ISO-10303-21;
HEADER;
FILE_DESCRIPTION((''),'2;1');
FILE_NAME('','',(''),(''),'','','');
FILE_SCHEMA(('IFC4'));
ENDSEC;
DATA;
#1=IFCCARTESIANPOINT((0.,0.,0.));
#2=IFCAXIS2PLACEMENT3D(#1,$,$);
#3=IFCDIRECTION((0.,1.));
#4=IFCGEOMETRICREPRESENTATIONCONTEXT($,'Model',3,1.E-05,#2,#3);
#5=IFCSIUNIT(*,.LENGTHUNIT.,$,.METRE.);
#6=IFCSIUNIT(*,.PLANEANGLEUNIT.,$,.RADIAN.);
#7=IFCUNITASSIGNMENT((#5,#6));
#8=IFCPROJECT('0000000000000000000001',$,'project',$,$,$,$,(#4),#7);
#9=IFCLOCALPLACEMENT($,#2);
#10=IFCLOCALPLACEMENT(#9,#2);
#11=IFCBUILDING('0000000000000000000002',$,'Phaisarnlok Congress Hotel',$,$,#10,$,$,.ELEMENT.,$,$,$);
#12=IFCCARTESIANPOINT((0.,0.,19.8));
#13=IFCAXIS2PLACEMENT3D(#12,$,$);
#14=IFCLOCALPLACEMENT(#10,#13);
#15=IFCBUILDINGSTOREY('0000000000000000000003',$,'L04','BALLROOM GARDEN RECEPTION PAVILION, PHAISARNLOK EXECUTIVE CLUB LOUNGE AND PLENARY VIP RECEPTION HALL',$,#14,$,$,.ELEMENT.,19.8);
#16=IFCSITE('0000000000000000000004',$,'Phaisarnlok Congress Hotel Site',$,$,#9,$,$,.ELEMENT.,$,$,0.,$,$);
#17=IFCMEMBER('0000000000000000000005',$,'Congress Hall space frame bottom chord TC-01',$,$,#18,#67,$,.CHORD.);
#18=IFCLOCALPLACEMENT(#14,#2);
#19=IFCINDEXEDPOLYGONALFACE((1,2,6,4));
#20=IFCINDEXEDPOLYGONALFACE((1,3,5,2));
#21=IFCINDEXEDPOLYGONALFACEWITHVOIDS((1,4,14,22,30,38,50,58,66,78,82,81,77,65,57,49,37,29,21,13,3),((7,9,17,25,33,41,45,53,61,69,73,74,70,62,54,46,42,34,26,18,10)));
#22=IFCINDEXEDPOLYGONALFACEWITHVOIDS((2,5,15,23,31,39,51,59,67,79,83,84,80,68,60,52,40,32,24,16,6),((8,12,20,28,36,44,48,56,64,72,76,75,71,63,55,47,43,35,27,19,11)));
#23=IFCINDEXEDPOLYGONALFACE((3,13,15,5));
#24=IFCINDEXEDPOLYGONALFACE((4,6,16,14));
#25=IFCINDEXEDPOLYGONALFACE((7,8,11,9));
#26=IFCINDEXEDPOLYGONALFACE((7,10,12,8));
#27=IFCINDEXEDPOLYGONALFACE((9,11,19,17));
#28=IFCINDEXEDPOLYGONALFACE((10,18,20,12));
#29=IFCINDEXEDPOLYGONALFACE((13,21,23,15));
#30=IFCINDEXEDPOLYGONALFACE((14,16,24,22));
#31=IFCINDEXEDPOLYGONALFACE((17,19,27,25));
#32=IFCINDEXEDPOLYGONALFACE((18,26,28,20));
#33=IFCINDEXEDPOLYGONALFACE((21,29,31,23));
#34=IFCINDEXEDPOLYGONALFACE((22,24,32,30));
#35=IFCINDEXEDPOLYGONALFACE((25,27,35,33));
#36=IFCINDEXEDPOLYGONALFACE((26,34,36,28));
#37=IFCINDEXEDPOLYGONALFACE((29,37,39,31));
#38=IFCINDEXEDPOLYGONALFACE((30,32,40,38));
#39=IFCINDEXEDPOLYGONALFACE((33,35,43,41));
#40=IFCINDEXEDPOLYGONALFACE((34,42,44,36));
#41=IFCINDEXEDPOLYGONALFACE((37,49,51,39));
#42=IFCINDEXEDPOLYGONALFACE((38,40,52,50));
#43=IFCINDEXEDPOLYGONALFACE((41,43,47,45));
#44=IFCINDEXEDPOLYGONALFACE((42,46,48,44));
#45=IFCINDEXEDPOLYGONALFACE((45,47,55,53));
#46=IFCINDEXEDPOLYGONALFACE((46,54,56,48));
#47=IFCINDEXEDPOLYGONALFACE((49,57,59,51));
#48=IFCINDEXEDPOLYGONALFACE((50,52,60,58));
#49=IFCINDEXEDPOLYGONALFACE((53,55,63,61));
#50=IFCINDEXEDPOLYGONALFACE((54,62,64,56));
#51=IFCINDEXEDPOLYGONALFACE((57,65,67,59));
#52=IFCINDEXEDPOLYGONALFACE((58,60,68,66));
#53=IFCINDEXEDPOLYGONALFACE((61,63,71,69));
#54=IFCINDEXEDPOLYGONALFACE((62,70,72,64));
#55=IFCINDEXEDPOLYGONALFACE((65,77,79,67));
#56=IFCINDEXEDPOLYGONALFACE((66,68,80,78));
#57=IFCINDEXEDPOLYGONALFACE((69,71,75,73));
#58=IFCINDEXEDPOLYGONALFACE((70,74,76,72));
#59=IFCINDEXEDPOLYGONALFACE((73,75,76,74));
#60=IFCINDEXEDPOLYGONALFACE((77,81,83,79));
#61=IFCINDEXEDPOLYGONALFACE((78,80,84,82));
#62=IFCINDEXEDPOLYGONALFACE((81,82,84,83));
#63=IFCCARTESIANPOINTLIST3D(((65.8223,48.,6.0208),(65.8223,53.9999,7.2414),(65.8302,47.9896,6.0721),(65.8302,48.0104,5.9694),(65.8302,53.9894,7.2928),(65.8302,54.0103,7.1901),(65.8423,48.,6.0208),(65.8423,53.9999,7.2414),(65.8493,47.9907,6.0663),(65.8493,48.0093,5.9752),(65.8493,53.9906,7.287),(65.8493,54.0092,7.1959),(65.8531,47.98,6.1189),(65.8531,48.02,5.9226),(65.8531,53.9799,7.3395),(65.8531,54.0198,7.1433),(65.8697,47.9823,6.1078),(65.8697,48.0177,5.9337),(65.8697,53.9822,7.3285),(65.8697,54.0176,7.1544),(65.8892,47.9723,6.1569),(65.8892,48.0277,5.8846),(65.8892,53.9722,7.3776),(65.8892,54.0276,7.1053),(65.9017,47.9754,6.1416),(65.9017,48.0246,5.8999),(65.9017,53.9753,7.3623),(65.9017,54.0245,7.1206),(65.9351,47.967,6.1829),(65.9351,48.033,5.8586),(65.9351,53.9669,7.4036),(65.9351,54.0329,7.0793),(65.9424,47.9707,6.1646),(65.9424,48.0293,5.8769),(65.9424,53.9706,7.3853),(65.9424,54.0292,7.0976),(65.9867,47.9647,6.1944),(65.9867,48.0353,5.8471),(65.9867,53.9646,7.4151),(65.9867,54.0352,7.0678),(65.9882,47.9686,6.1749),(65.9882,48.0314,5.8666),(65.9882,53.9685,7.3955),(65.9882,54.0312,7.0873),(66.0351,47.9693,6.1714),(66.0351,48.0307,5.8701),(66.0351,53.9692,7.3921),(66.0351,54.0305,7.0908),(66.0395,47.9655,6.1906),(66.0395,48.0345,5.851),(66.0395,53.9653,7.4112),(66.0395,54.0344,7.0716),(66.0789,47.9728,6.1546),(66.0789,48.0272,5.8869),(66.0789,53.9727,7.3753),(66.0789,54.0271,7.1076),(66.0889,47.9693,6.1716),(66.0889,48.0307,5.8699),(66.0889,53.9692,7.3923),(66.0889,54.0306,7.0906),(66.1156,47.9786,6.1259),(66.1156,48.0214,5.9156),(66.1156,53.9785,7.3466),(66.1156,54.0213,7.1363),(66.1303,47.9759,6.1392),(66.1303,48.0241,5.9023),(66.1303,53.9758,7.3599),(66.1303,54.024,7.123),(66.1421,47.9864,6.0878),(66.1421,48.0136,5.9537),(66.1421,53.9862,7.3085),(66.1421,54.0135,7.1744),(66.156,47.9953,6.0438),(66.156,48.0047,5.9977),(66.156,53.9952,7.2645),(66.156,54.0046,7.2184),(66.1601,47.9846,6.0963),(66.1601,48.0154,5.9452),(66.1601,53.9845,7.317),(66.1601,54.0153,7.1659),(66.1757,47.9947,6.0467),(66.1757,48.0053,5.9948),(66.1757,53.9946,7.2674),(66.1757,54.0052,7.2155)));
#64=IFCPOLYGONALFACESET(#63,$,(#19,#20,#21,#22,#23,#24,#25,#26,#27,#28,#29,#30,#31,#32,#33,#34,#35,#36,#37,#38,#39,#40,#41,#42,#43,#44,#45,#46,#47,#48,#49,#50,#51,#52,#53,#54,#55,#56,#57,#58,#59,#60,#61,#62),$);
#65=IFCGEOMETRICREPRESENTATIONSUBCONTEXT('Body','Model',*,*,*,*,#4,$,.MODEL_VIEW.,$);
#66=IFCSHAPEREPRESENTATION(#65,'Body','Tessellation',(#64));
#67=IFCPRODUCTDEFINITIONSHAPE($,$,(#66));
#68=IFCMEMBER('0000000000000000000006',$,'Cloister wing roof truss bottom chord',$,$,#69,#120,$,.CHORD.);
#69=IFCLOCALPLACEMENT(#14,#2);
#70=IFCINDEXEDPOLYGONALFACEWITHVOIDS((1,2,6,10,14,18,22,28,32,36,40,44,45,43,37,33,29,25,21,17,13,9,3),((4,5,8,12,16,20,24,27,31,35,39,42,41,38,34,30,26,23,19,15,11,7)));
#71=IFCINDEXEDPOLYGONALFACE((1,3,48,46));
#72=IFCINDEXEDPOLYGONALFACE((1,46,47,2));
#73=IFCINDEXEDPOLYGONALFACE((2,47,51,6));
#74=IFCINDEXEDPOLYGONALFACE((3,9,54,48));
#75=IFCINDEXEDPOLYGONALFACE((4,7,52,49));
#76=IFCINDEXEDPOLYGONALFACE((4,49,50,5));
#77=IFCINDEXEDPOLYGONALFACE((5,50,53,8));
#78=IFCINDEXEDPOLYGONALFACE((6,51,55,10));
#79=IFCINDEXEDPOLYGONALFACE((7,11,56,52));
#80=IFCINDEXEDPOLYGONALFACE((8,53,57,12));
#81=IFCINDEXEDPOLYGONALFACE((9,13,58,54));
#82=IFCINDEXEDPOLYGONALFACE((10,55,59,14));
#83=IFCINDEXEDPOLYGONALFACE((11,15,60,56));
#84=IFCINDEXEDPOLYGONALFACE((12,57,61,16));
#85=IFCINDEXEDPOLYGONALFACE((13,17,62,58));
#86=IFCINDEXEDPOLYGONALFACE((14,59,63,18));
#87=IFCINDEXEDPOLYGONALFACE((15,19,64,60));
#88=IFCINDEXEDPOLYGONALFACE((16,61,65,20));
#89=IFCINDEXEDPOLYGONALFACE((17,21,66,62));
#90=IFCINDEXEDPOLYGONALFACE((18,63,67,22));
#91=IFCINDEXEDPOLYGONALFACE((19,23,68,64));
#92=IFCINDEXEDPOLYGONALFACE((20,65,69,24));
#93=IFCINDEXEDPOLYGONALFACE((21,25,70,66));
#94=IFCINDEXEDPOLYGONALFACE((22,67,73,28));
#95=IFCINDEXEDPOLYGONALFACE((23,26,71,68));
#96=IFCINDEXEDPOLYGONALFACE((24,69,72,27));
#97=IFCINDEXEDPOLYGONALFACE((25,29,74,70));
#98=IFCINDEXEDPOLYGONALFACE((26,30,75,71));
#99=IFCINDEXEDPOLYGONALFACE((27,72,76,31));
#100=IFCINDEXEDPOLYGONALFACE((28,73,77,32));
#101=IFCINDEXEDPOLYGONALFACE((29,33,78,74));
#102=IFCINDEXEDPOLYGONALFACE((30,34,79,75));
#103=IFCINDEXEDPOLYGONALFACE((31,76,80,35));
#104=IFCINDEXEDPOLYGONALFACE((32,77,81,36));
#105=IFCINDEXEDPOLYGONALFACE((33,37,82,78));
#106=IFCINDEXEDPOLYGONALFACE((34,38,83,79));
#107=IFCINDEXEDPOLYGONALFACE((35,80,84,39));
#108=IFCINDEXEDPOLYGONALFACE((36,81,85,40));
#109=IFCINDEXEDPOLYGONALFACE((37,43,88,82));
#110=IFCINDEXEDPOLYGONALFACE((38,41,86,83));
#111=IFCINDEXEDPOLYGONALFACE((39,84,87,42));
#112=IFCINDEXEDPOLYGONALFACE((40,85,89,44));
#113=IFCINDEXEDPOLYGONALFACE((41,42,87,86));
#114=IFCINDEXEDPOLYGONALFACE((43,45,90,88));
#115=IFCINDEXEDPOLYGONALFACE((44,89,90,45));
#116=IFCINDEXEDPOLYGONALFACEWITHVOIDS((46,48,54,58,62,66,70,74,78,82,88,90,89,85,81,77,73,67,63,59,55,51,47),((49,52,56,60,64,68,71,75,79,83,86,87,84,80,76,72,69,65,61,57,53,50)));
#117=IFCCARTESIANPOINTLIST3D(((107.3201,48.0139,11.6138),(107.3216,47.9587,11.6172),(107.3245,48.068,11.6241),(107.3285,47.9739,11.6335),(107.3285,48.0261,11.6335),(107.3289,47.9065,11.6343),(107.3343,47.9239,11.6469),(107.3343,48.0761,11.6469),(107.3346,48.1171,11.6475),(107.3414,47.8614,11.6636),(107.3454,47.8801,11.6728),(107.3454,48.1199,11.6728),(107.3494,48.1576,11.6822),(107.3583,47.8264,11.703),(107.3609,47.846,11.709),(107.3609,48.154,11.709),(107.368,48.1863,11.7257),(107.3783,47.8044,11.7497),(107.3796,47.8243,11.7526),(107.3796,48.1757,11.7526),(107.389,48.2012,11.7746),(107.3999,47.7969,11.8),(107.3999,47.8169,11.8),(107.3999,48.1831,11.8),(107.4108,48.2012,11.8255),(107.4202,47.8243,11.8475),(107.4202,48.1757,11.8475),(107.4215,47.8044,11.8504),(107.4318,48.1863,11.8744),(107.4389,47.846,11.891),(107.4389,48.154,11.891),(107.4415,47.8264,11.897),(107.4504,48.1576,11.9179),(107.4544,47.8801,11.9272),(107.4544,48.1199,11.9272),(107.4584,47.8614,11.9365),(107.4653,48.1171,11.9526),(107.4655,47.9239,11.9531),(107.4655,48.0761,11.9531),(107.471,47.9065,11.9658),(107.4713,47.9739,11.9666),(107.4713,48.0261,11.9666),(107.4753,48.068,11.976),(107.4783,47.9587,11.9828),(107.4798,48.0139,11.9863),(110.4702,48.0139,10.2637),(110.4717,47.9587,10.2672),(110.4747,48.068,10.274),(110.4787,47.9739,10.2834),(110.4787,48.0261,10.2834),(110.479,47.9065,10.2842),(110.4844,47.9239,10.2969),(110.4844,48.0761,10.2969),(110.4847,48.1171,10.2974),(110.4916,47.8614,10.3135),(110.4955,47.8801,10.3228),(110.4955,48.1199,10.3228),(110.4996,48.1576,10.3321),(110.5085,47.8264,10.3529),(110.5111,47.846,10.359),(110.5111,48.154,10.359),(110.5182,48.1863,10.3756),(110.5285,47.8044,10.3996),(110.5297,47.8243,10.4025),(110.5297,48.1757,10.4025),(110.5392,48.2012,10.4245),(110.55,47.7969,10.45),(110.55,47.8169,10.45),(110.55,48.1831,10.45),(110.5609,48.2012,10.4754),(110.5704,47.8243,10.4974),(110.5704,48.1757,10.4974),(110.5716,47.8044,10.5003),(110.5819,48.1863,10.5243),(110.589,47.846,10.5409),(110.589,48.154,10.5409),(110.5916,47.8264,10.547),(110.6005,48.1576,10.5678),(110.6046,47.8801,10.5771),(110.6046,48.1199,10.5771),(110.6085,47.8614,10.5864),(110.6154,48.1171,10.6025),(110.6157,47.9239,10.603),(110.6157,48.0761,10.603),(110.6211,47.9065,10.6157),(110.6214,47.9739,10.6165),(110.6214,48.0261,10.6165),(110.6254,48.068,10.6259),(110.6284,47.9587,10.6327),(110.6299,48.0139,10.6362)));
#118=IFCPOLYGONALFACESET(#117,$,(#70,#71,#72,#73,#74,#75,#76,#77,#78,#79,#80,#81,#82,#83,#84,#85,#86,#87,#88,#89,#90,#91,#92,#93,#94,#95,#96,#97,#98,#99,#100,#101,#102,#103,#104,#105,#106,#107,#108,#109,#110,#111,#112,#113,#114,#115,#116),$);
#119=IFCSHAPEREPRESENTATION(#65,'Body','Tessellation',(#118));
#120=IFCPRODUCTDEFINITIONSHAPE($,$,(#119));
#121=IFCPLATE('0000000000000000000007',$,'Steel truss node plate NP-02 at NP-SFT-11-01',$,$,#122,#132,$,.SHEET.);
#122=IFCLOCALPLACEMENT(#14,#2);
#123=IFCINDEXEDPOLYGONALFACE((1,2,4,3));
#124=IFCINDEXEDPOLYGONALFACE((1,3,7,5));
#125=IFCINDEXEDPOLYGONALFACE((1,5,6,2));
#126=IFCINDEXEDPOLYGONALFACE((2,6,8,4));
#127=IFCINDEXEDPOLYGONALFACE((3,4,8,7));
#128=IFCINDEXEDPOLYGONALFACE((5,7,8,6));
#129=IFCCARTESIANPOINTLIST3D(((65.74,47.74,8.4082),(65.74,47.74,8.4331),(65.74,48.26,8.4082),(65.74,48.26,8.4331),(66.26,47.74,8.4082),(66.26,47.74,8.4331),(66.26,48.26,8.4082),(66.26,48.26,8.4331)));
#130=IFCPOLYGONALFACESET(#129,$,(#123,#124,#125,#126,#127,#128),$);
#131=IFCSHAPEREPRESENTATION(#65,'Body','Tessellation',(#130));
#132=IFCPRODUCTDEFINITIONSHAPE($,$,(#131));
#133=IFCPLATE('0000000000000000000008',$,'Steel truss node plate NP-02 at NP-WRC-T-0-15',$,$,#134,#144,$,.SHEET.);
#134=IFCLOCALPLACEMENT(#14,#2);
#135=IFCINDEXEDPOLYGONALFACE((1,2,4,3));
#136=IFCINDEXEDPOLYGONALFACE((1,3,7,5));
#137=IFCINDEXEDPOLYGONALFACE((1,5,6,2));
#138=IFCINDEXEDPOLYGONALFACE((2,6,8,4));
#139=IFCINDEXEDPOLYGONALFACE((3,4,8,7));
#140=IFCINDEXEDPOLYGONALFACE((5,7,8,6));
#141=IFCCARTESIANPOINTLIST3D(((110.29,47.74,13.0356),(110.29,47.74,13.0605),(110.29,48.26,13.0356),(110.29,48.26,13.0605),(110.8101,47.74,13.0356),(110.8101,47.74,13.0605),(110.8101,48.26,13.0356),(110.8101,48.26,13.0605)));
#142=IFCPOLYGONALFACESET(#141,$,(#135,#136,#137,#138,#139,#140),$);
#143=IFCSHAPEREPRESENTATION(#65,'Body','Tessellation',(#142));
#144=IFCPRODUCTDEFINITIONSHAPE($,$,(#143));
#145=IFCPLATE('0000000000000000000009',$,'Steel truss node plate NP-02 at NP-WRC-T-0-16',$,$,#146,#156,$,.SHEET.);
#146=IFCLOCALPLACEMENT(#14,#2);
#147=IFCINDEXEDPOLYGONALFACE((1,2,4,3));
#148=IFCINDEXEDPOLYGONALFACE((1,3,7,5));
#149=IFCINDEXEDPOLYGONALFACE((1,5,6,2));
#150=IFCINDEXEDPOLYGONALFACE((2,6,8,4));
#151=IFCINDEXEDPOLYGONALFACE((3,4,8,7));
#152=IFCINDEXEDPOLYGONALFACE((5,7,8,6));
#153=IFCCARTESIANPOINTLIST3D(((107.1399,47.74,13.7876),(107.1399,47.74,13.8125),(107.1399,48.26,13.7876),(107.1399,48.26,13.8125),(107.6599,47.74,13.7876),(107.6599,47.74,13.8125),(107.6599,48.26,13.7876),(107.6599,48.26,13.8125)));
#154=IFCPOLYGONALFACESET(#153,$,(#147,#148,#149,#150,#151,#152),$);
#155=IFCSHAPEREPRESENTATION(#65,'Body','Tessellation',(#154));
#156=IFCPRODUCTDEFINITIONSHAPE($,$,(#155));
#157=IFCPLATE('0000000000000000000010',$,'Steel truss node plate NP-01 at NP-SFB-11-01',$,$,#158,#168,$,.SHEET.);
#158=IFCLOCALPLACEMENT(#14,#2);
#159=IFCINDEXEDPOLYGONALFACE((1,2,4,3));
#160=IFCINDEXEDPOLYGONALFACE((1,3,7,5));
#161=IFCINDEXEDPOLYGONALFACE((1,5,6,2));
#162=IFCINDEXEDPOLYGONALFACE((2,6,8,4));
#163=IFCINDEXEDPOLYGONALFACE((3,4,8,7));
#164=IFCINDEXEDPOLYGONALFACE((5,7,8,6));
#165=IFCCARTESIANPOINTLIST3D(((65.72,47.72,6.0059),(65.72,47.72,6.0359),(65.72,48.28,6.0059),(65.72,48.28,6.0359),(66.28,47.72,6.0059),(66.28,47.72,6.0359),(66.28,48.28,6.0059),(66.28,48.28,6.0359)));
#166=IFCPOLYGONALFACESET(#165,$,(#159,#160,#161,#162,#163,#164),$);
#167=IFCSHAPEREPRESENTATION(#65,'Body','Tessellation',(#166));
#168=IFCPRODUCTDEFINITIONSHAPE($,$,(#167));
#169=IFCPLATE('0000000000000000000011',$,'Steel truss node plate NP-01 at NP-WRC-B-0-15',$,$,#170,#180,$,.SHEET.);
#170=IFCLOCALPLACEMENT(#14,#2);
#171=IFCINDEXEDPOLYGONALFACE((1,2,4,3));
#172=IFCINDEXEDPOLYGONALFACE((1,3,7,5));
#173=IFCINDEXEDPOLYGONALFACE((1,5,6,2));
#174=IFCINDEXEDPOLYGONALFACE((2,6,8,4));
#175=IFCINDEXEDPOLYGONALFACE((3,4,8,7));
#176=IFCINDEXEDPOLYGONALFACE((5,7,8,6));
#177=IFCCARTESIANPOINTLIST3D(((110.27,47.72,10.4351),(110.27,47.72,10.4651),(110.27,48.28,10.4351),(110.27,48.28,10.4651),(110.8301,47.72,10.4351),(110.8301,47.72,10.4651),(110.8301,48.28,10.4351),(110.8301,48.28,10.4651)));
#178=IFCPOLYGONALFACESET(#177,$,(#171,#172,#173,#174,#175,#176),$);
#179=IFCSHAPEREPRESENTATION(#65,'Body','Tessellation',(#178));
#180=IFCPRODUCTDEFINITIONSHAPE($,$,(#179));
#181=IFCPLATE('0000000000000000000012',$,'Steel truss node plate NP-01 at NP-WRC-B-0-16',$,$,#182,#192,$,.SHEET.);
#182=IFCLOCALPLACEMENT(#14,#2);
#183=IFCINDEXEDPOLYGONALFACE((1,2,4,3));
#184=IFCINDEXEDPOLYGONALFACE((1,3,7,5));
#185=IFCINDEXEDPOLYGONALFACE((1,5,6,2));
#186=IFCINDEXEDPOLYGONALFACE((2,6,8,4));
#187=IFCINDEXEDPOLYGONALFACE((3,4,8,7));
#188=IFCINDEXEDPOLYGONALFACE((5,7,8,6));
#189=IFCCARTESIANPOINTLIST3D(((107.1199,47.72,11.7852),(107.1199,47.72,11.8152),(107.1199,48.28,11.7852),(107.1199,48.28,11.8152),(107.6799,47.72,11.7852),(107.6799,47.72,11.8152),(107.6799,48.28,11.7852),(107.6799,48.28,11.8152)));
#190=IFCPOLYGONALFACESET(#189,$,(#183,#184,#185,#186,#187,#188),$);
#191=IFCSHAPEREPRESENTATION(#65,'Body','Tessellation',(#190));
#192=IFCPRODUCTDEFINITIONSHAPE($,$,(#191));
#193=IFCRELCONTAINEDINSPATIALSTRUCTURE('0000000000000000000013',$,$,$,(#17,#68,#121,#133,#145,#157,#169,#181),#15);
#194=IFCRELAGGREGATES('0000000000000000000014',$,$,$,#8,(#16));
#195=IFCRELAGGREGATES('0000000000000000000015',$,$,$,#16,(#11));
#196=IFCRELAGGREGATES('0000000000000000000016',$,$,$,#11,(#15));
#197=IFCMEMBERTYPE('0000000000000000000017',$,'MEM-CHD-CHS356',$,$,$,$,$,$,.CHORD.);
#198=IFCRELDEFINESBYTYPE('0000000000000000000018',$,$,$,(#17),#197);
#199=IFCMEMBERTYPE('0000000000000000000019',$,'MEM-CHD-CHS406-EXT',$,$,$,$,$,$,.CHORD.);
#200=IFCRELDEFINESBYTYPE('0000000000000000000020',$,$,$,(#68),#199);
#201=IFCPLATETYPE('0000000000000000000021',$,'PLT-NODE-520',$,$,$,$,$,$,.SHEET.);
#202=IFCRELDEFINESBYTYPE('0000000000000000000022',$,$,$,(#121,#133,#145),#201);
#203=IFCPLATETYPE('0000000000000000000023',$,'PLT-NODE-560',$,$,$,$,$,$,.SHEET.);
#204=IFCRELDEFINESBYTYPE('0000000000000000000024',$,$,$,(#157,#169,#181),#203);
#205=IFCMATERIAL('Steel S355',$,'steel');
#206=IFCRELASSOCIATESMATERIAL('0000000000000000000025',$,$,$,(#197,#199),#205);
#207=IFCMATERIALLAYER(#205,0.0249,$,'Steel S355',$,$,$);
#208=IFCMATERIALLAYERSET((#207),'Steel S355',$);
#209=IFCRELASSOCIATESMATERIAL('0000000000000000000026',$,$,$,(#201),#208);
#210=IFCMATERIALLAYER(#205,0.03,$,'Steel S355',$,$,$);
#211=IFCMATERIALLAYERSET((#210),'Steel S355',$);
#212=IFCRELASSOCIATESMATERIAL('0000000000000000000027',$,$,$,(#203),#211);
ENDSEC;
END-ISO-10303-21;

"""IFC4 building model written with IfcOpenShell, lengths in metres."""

from ifc_helpers import new_model, si_unit, direction, frame, origin, origin_2d, place, context, subcontext, project, spatial, rectangle, hollow_circle, extrude, material, layer, layer_set, material_profile, profile_set, type_object, element, save


model = new_model("IFC4")

# Units and contexts
model_context = context("Model", 3, precision=1e-05, world=origin(), true_north=direction((0.0, 1.0)))
body_context = subcontext(model_context, "Body", "Model", "MODEL_VIEW")
ifc_project = project(units=[si_unit("LENGTHUNIT", "METRE"), si_unit("PLANEANGLEUNIT", "RADIAN")], contexts=[model_context])

# Site, building, storey
site_placement = place(None, origin())
site = spatial("IfcSite", under=ifc_project, at=site_placement, Name="Phaisarnlok Congress Hotel Site", CompositionType="ELEMENT", RefElevation=0.0)
building_placement = place(site_placement, origin())
building = spatial("IfcBuilding", under=site, at=building_placement, Name="Phaisarnlok Congress Hotel", CompositionType="ELEMENT")
storey_placement = place(building_placement, frame((0.0, 0.0, 19.8)))
storey = spatial("IfcBuildingStorey", under=building, at=storey_placement, Name="L04", Description="BALLROOM GARDEN RECEPTION PAVILION, PHAISARNLOK EXECUTIVE CLUB LOUNGE AND PLENARY VIP RECEPTION HALL", CompositionType="ELEMENT", Elevation=19.8)

# Shared definitions
ifc_material_1 = material(Name="Steel S355", Category="steel")

# Members
ifc_material_profile_1 = material_profile(ifc_material_1, hollow_circle(Radius=0.1777, WallThickness=0.02, at=origin_2d()), Name="CHS 355.6x20")
ifc_profile_set_1 = profile_set([ifc_material_profile_1], Name="Steel S355")
member_type_1 = type_object("IfcMemberType", Name="MEM-CHD-CHS356", PredefinedType="CHORD", material=ifc_profile_set_1)
member_1_placement = place(storey_placement, frame((66.0, 48.0, 6.0208), z_axis=(0.0, 0.979925, 0.199366), x_axis=(-1.0, 0.0, 0.0)))
element("IfcMember", 1, at=member_1_placement, inside=storey, type_object=member_type_1, Name="Congress Hall space frame bottom chord TC-01", PredefinedType="CHORD", context=body_context, shape_type="SweptSolid", body=[
    extrude(hollow_circle(Radius=0.1777, WallThickness=0.02, at=origin_2d()), origin(), (0.0, 0.0, 1.0), 6.1228),
])
ifc_material_profile_2 = material_profile(ifc_material_1, hollow_circle(Radius=0.2031, WallThickness=0.02, at=origin_2d()), Name="CHS 406.4x20")
ifc_profile_set_2 = profile_set([ifc_material_profile_2], Name="Steel S355")
member_type_2 = type_object("IfcMemberType", Name="MEM-CHD-CHS406-EXT", PredefinedType="CHORD", material=ifc_profile_set_2)
member_2_placement = place(storey_placement, frame((110.55, 48.0, 10.45), z_axis=(-0.919141, 0.0, 0.393928), x_axis=(0.0, -1.0, 0.0)))
element("IfcMember", 2, at=member_2_placement, inside=storey, type_object=member_type_2, Name="Cloister wing roof truss bottom chord", PredefinedType="CHORD", context=body_context, shape_type="SweptSolid", body=[
    extrude(hollow_circle(Radius=0.2031, WallThickness=0.02, at=origin_2d()), origin(), (0.0, 0.0, 1.0), 3.4272),
])

# Plates
ifc_layer_1 = layer(ifc_material_1, 0.0249, Name="Steel S355")
ifc_layer_set_1 = layer_set([ifc_layer_1], Name="Steel S355")
plate_type_1 = type_object("IfcPlateType", Name="PLT-NODE-520", PredefinedType="SHEET", material=ifc_layer_set_1)
for number, where, z_axis, x_axis, name in (
    (3, (66.0, 48.0, 8.4082), (0.0, 0.0, 1.0), (1.0, 0.0, 0.0), "Steel truss node plate NP-02 at NP-SFT-11-01"),
    (4, (110.55, 48.0, 13.0356), (0.0, 0.0, 1.0), (1.0, 0.0, 0.0), "Steel truss node plate NP-02 at NP-WRC-T-0-15"),
    (5, (107.3999, 48.0, 13.7876), (0.0, 0.0, 1.0), (1.0, 0.0, 0.0), "Steel truss node plate NP-02 at NP-WRC-T-0-16"),
):
    element("IfcPlate", number, at=place(storey_placement, frame(where, z_axis=z_axis, x_axis=x_axis)), inside=storey, type_object=plate_type_1, Name=name, PredefinedType="SHEET", context=body_context, shape_type="SweptSolid", body=[
        extrude(rectangle(XDim=0.52, YDim=0.52, at=origin_2d()), origin(), (0.0, 0.0, 1.0), 0.0249),
    ])
ifc_layer_2 = layer(ifc_material_1, 0.03, Name="Steel S355")
ifc_layer_set_2 = layer_set([ifc_layer_2], Name="Steel S355")
plate_type_2 = type_object("IfcPlateType", Name="PLT-NODE-560", PredefinedType="SHEET", material=ifc_layer_set_2)
for number, where, z_axis, x_axis, name in (
    (6, (66.0, 48.0, 6.0059), (0.0, 0.0, 1.0), (1.0, 0.0, 0.0), "Steel truss node plate NP-01 at NP-SFB-11-01"),
    (7, (110.55, 48.0, 10.4351), (0.0, 0.0, 1.0), (1.0, 0.0, 0.0), "Steel truss node plate NP-01 at NP-WRC-B-0-15"),
    (8, (107.3999, 48.0, 11.7852), (0.0, 0.0, 1.0), (1.0, 0.0, 0.0), "Steel truss node plate NP-01 at NP-WRC-B-0-16"),
):
    element("IfcPlate", number, at=place(storey_placement, frame(where, z_axis=z_axis, x_axis=x_axis)), inside=storey, type_object=plate_type_2, Name=name, PredefinedType="SHEET", context=body_context, shape_type="SweptSolid", body=[
        extrude(rectangle(XDim=0.5601, YDim=0.5601, at=origin_2d()), origin(), (0.0, 0.0, 1.0), 0.03),
    ])

save(model, "model.ifc")
